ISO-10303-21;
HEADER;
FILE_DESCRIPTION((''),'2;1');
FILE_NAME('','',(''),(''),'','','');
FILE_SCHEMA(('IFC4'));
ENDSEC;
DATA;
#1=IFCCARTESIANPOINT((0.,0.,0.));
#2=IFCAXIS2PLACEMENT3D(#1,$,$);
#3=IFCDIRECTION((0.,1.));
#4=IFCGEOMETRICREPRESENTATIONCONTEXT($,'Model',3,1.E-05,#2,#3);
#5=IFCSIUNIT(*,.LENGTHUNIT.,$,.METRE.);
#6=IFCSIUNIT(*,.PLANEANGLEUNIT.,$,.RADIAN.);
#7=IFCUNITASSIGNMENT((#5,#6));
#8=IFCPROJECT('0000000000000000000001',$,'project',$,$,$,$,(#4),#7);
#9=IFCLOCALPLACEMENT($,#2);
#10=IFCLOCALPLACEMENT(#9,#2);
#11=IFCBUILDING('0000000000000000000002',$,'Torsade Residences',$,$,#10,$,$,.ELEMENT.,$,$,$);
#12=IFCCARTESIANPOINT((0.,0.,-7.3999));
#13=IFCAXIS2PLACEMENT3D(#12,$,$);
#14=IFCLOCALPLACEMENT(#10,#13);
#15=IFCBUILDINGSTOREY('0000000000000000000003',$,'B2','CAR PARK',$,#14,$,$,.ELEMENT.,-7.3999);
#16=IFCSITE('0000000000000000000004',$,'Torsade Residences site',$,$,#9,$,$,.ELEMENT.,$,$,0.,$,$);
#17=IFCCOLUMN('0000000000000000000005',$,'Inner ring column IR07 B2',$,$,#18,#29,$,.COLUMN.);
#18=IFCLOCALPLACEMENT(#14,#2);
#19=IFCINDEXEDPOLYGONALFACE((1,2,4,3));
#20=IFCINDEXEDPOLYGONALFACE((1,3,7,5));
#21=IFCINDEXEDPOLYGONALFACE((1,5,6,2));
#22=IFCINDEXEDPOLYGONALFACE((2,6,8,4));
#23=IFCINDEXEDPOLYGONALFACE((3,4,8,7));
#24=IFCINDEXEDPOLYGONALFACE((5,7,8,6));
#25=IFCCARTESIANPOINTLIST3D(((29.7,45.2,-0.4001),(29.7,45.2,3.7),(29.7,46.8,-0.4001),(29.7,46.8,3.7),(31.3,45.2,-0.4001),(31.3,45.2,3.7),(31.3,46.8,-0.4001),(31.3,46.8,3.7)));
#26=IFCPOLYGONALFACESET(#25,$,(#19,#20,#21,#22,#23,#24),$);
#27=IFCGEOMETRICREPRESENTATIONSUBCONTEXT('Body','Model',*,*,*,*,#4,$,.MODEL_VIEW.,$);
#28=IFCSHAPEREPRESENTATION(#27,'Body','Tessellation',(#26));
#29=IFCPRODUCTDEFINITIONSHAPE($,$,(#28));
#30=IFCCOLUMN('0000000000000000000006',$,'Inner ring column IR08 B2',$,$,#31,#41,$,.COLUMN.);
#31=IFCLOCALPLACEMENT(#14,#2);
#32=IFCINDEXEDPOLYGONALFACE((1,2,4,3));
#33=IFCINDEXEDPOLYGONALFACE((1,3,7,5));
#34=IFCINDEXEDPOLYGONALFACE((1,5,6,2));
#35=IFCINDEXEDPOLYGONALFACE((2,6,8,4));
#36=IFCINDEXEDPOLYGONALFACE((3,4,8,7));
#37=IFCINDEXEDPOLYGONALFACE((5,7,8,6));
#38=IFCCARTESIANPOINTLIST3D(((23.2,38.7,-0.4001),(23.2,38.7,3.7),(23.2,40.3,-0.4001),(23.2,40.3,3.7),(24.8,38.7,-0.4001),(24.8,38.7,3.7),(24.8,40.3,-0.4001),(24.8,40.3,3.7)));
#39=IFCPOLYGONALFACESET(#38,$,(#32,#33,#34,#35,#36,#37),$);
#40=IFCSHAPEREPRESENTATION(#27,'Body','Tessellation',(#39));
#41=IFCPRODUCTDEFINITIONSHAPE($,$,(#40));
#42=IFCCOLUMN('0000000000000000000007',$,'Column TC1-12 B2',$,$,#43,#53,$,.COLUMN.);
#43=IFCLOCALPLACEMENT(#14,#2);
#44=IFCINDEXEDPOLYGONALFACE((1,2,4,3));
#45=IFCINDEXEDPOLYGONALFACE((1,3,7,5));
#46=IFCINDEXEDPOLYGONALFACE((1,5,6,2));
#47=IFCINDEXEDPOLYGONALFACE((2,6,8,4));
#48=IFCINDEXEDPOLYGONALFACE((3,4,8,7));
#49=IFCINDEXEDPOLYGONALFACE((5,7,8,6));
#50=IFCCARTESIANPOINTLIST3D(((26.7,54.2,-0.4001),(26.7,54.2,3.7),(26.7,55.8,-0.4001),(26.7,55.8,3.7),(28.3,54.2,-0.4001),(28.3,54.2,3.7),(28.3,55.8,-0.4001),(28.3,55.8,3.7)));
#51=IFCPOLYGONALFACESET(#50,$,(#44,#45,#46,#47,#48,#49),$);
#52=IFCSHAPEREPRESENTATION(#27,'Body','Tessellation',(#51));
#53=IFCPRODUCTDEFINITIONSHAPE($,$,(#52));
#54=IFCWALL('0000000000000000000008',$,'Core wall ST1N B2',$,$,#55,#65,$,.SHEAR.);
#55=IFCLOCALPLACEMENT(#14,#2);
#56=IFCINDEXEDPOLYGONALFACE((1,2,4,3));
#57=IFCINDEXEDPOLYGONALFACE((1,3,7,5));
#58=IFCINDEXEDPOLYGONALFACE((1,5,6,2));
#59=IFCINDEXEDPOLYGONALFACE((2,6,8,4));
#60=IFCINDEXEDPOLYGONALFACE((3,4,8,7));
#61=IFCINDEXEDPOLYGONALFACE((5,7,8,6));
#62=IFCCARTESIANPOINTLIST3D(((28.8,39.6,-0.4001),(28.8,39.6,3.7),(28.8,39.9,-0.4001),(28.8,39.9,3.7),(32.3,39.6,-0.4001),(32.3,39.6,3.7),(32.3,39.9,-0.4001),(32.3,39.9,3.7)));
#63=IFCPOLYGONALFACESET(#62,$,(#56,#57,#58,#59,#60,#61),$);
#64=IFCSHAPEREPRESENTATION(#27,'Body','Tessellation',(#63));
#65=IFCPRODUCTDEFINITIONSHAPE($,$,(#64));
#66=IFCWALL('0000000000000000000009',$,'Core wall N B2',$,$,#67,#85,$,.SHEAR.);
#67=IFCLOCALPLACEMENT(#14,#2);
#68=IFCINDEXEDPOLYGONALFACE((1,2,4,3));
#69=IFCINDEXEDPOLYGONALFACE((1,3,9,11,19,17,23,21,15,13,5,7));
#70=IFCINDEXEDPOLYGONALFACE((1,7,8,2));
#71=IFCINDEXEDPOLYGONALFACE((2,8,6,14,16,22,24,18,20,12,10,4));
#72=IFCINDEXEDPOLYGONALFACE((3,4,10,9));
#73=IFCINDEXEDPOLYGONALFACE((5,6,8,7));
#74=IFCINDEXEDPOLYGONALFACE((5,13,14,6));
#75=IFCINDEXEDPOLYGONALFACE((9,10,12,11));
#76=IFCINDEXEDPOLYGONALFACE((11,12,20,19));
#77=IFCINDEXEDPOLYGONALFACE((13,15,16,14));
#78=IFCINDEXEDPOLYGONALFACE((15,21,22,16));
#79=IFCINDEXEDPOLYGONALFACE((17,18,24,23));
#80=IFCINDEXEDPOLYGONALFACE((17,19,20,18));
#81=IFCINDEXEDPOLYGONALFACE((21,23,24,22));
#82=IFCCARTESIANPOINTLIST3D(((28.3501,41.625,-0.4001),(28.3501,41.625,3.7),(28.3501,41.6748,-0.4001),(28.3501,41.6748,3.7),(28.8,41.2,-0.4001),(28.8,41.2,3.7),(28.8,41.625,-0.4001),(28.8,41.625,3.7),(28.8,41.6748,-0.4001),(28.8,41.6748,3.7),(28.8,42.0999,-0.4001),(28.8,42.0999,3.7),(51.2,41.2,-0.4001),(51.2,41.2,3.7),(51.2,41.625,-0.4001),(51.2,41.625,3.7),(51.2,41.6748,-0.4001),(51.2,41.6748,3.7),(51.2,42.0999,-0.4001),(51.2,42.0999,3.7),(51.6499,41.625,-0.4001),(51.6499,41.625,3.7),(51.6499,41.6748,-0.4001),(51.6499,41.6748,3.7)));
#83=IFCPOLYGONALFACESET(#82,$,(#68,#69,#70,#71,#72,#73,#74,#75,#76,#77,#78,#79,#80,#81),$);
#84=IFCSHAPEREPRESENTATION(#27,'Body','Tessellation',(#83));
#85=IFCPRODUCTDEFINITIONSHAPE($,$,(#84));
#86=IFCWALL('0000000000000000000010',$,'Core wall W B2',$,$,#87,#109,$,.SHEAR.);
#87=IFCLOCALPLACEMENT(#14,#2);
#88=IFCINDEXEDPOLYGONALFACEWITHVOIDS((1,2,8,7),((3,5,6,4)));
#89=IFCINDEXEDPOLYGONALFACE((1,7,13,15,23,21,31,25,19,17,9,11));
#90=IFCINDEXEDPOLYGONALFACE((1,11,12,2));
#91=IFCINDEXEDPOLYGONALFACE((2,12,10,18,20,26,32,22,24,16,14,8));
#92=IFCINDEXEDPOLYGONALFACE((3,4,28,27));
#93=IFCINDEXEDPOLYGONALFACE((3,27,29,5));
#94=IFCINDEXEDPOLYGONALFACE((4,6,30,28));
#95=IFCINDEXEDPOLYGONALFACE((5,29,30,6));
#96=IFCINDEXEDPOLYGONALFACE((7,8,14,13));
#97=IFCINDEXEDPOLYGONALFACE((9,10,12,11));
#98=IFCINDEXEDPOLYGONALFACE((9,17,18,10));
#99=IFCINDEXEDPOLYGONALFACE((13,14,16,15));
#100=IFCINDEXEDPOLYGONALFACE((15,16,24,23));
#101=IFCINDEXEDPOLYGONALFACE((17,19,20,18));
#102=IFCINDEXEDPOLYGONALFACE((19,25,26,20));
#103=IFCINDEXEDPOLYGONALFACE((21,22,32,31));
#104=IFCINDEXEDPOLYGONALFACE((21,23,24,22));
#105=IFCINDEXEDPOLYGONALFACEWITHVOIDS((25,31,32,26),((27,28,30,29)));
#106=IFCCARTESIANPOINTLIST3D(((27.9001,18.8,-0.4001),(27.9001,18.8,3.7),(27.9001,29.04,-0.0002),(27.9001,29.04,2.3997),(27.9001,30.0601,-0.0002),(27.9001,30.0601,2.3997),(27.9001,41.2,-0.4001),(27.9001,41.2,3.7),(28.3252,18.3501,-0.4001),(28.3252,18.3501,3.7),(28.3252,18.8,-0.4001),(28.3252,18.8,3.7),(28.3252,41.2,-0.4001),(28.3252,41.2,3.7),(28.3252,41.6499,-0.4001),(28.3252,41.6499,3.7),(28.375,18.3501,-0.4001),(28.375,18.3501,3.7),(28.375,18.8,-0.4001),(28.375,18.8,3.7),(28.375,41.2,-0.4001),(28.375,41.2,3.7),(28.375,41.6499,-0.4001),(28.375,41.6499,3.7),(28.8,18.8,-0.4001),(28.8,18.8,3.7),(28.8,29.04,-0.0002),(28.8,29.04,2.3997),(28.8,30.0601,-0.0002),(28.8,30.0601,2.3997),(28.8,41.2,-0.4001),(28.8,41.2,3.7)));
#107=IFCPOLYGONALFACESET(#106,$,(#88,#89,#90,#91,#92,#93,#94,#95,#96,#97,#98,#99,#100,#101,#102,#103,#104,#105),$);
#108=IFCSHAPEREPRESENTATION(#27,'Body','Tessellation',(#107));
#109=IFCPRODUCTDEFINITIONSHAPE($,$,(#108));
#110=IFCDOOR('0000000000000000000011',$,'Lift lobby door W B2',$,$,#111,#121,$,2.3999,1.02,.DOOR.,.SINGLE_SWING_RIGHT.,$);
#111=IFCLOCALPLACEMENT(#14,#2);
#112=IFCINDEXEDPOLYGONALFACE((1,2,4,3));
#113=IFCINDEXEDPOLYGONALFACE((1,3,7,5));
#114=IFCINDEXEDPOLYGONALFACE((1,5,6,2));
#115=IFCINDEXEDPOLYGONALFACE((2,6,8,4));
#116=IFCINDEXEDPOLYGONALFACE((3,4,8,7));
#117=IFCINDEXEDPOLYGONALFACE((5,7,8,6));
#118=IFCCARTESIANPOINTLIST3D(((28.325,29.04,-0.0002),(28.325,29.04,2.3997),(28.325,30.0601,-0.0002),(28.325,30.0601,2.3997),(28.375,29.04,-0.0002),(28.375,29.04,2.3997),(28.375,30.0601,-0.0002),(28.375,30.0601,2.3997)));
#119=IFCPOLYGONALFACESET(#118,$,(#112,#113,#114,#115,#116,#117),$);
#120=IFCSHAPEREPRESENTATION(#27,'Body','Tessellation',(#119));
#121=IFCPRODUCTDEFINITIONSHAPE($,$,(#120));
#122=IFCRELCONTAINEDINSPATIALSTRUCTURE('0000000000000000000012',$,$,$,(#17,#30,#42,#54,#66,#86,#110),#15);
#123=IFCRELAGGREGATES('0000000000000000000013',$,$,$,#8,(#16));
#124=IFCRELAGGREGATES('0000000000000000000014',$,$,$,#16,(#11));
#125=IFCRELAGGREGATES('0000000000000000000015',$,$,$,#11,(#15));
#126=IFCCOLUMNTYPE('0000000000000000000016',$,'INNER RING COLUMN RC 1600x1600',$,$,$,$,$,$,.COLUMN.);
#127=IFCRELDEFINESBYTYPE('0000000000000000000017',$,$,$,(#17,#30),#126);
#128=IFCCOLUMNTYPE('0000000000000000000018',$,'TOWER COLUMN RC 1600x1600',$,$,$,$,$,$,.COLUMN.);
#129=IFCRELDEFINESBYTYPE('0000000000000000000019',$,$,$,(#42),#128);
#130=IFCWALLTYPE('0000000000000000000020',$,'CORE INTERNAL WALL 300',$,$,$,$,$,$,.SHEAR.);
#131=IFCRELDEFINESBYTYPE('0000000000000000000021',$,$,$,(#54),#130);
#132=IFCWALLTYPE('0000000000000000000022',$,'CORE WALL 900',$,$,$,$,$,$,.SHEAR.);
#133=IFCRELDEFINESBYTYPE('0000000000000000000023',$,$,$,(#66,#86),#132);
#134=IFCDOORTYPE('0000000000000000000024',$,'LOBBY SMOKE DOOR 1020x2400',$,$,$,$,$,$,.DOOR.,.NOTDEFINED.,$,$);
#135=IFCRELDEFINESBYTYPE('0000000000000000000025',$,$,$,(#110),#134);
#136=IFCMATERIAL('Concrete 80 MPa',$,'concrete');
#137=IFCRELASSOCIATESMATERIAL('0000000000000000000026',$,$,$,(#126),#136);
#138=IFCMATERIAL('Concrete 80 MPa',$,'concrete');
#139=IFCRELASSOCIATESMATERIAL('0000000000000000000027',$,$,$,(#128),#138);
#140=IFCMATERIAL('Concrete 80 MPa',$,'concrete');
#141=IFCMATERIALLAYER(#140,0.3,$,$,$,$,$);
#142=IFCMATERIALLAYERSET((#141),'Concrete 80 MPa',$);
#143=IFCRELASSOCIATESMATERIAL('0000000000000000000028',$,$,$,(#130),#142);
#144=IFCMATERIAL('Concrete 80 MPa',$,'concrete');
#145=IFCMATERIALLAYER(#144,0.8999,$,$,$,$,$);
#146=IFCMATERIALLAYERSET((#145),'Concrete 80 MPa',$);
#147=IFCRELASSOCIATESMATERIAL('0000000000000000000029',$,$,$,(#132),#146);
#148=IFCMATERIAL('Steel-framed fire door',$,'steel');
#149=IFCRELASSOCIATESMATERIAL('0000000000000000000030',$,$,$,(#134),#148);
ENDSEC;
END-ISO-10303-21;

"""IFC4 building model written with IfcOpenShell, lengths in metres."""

from ifc_helpers import new_model, si_unit, direction, frame, frame_2d, origin, origin_2d, place, context, subcontext, project, spatial, polyline, rectangle, outline, extrude, material, layer, layer_set, material_profile, profile_set, type_object, element, fill, save


model = new_model("IFC4")

# Units and contexts
model_context = context("Model", 3, precision=1e-05, world=origin(), true_north=direction((0.0, 1.0)))
body_context = subcontext(model_context, "Body", "Model", "MODEL_VIEW")
ifc_project = project(units=[si_unit("LENGTHUNIT", "METRE"), si_unit("PLANEANGLEUNIT", "RADIAN")], contexts=[model_context])

# Site, building, storey
site_placement = place(None, origin())
site = spatial("IfcSite", under=ifc_project, at=site_placement, Name="Torsade Residences site", CompositionType="ELEMENT", RefElevation=0.0)
building_placement = place(site_placement, origin())
building = spatial("IfcBuilding", under=site, at=building_placement, Name="Torsade Residences", CompositionType="ELEMENT")
storey_placement = place(building_placement, frame((0.0, 0.0, -7.3999)))
storey = spatial("IfcBuildingStorey", under=building, at=storey_placement, Name="B2", Description="CAR PARK", CompositionType="ELEMENT", Elevation=-7.3999)

# Columns
ifc_material_1 = material(Name="Concrete 80 MPa", Category="concrete")
ifc_material_profile_1 = material_profile(ifc_material_1, rectangle(XDim=1.6001, YDim=1.6001, at=origin_2d()), Name="RC 1600x1600")
ifc_profile_set_1 = profile_set([ifc_material_profile_1], Name="Concrete 80 MPa")
column_type_1 = type_object("IfcColumnType", Name="INNER RING COLUMN RC 1600x1600", PredefinedType="COLUMN", material=ifc_profile_set_1)
for number, where, z_axis, x_axis, name in (
    (1, (30.5, 46.0, -0.4001), (0.0, 0.0, 1.0), (1.0, 0.0, 0.0), "Inner ring column IR07 B2"),
    (2, (24.0, 39.5, -0.4001), (0.0, 0.0, 1.0), (1.0, 0.0, 0.0), "Inner ring column IR08 B2"),
):
    element("IfcColumn", number, at=place(storey_placement, frame(where, z_axis=z_axis, x_axis=x_axis)), inside=storey, type_object=column_type_1, Name=name, PredefinedType="COLUMN", context=body_context, shape_type="SweptSolid", body=[
        extrude(rectangle(XDim=1.6001, YDim=1.6001, at=origin_2d()), origin(), (0.0, 0.0, 1.0), 4.1001),
    ])
ifc_material_2 = material(Name="Concrete 80 MPa", Category="concrete")
ifc_material_profile_2 = material_profile(ifc_material_2, rectangle(XDim=1.6001, YDim=1.6001, at=origin_2d()), Name="RC 1600x1600")
ifc_profile_set_2 = profile_set([ifc_material_profile_2], Name="Concrete 80 MPa")
column_type_2 = type_object("IfcColumnType", Name="TOWER COLUMN RC 1600x1600", PredefinedType="COLUMN", material=ifc_profile_set_2)
column_1_placement = place(storey_placement, frame((27.5, 55.0, -0.4001), z_axis=(0.0, 0.0, 1.0), x_axis=(1.0, 0.0, 0.0)))
element("IfcColumn", 3, at=column_1_placement, inside=storey, type_object=column_type_2, Name="Column TC1-12 B2", PredefinedType="COLUMN", context=body_context, shape_type="SweptSolid", body=[
    extrude(rectangle(XDim=1.6001, YDim=1.6001, at=origin_2d()), origin(), (0.0, 0.0, 1.0), 4.1001),
])

# Walls
ifc_material_3 = material(Name="Concrete 80 MPa", Category="concrete")
ifc_layer_1 = layer(ifc_material_3, 0.3)
ifc_layer_set_1 = layer_set([ifc_layer_1], Name="Concrete 80 MPa")
wall_type_1 = type_object("IfcWallType", Name="CORE INTERNAL WALL 300", PredefinedType="SHEAR", material=ifc_layer_set_1)
wall_1_placement = place(storey_placement, frame((28.8, 39.75, -0.4001), z_axis=(0.0, 0.0, 1.0), x_axis=(1.0, 0.0, 0.0)))
element("IfcWall", 4, at=wall_1_placement, inside=storey, type_object=wall_type_1, Name="Core wall ST1N B2", PredefinedType="SHEAR", context=body_context, shape_type="SweptSolid", body=[
    extrude(rectangle(XDim=3.5, YDim=0.3, at=frame_2d((1.75, 0.0))), origin(), (0.0, 0.0, 1.0), 4.1001),
])
ifc_material_4 = material(Name="Concrete 80 MPa", Category="concrete")
ifc_layer_2 = layer(ifc_material_4, 0.8999)
ifc_layer_set_2 = layer_set([ifc_layer_2], Name="Concrete 80 MPa")
wall_type_2 = type_object("IfcWallType", Name="CORE WALL 900", PredefinedType="SHEAR", material=ifc_layer_set_2)
wall_2_placement = place(storey_placement, frame((28.8, 41.6499, -0.4001), z_axis=(0.0, 0.0, 1.0), x_axis=(1.0, 0.0, 0.0)))
element("IfcWall", 5, at=wall_2_placement, inside=storey, type_object=wall_type_2, Name="Core wall N B2", PredefinedType="SHEAR", context=body_context, shape_type="SweptSolid", body=[
    extrude(outline(polyline([(0.0, -0.45), (22.3999, -0.45), (22.3999, -0.0249), (22.8499, -0.0249), (22.8499, 0.0249), (22.3999, 0.0249), (22.3999, 0.45), (0.0, 0.45), (0.0, 0.0249), (-0.45, 0.0249), (-0.45, -0.0249), (0.0, -0.0249), (0.0, -0.45)])), origin(), (0.0, 0.0, 1.0), 4.1001),
])

# Wall, opening, door
wall_3_placement = place(storey_placement, frame((28.3501, 41.2, -0.4001), z_axis=(0.0, 0.0, 1.0), x_axis=(0.0, -1.0, 0.0)))
wall_3 = element("IfcWall", 6, at=wall_3_placement, inside=storey, type_object=wall_type_2, Name="Core wall W B2", PredefinedType="SHEAR", context=body_context, shape_type="SweptSolid", body=[
    extrude(outline(polyline([(0.0, -0.45), (22.3999, -0.45), (22.3999, -0.0249), (22.8499, -0.0249), (22.8499, 0.0249), (22.3999, 0.0249), (22.3999, 0.45), (0.0, 0.45), (0.0, 0.0249), (-0.45, 0.0249), (-0.45, -0.0249), (0.0, -0.0249), (0.0, -0.45)])), origin(), (0.0, 0.0, 1.0), 4.1001),
])
opening_placement = place(wall_3_placement, frame((11.1399, 0.0, 0.3999)))
opening = element("IfcOpeningElement", 7, at=opening_placement, cuts=wall_3, PredefinedType="OPENING", context=body_context, shape_type="SweptSolid", body=[
    extrude(rectangle(XDim=1.02, YDim=2.3999, at=frame_2d((0.51, 1.2))), frame((0.0, 0.46, 0.0), z_axis=(0.0, -1.0, 0.0), x_axis=(1.0, 0.0, 0.0)), (0.0, 0.0, 1.0), 0.9199),
])
ifc_material_5 = material(Name="Steel-framed fire door", Category="steel")
door_type = type_object("IfcDoorType", Name="LOBBY SMOKE DOOR 1020x2400", OperationType="NOTDEFINED", PredefinedType="DOOR", material=ifc_material_5)
door_placement = place(opening_placement, origin())
door = element("IfcDoor", 8, at=door_placement, inside=storey, type_object=door_type, Name="Lift lobby door W B2", OperationType="SINGLE_SWING_RIGHT", OverallHeight=2.3999, OverallWidth=1.02, PredefinedType="DOOR", context=body_context, shape_type="SweptSolid", body=[
    extrude(rectangle(XDim=1.02, YDim=2.3999, at=frame_2d((0.51, 1.2))), frame((0.0, 0.0249, 0.0), z_axis=(0.0, -1.0, 0.0), x_axis=(1.0, 0.0, 0.0)), (0.0, 0.0, 1.0), 0.05),
])
fill(opening, door)

save(model, "model.ifc")
